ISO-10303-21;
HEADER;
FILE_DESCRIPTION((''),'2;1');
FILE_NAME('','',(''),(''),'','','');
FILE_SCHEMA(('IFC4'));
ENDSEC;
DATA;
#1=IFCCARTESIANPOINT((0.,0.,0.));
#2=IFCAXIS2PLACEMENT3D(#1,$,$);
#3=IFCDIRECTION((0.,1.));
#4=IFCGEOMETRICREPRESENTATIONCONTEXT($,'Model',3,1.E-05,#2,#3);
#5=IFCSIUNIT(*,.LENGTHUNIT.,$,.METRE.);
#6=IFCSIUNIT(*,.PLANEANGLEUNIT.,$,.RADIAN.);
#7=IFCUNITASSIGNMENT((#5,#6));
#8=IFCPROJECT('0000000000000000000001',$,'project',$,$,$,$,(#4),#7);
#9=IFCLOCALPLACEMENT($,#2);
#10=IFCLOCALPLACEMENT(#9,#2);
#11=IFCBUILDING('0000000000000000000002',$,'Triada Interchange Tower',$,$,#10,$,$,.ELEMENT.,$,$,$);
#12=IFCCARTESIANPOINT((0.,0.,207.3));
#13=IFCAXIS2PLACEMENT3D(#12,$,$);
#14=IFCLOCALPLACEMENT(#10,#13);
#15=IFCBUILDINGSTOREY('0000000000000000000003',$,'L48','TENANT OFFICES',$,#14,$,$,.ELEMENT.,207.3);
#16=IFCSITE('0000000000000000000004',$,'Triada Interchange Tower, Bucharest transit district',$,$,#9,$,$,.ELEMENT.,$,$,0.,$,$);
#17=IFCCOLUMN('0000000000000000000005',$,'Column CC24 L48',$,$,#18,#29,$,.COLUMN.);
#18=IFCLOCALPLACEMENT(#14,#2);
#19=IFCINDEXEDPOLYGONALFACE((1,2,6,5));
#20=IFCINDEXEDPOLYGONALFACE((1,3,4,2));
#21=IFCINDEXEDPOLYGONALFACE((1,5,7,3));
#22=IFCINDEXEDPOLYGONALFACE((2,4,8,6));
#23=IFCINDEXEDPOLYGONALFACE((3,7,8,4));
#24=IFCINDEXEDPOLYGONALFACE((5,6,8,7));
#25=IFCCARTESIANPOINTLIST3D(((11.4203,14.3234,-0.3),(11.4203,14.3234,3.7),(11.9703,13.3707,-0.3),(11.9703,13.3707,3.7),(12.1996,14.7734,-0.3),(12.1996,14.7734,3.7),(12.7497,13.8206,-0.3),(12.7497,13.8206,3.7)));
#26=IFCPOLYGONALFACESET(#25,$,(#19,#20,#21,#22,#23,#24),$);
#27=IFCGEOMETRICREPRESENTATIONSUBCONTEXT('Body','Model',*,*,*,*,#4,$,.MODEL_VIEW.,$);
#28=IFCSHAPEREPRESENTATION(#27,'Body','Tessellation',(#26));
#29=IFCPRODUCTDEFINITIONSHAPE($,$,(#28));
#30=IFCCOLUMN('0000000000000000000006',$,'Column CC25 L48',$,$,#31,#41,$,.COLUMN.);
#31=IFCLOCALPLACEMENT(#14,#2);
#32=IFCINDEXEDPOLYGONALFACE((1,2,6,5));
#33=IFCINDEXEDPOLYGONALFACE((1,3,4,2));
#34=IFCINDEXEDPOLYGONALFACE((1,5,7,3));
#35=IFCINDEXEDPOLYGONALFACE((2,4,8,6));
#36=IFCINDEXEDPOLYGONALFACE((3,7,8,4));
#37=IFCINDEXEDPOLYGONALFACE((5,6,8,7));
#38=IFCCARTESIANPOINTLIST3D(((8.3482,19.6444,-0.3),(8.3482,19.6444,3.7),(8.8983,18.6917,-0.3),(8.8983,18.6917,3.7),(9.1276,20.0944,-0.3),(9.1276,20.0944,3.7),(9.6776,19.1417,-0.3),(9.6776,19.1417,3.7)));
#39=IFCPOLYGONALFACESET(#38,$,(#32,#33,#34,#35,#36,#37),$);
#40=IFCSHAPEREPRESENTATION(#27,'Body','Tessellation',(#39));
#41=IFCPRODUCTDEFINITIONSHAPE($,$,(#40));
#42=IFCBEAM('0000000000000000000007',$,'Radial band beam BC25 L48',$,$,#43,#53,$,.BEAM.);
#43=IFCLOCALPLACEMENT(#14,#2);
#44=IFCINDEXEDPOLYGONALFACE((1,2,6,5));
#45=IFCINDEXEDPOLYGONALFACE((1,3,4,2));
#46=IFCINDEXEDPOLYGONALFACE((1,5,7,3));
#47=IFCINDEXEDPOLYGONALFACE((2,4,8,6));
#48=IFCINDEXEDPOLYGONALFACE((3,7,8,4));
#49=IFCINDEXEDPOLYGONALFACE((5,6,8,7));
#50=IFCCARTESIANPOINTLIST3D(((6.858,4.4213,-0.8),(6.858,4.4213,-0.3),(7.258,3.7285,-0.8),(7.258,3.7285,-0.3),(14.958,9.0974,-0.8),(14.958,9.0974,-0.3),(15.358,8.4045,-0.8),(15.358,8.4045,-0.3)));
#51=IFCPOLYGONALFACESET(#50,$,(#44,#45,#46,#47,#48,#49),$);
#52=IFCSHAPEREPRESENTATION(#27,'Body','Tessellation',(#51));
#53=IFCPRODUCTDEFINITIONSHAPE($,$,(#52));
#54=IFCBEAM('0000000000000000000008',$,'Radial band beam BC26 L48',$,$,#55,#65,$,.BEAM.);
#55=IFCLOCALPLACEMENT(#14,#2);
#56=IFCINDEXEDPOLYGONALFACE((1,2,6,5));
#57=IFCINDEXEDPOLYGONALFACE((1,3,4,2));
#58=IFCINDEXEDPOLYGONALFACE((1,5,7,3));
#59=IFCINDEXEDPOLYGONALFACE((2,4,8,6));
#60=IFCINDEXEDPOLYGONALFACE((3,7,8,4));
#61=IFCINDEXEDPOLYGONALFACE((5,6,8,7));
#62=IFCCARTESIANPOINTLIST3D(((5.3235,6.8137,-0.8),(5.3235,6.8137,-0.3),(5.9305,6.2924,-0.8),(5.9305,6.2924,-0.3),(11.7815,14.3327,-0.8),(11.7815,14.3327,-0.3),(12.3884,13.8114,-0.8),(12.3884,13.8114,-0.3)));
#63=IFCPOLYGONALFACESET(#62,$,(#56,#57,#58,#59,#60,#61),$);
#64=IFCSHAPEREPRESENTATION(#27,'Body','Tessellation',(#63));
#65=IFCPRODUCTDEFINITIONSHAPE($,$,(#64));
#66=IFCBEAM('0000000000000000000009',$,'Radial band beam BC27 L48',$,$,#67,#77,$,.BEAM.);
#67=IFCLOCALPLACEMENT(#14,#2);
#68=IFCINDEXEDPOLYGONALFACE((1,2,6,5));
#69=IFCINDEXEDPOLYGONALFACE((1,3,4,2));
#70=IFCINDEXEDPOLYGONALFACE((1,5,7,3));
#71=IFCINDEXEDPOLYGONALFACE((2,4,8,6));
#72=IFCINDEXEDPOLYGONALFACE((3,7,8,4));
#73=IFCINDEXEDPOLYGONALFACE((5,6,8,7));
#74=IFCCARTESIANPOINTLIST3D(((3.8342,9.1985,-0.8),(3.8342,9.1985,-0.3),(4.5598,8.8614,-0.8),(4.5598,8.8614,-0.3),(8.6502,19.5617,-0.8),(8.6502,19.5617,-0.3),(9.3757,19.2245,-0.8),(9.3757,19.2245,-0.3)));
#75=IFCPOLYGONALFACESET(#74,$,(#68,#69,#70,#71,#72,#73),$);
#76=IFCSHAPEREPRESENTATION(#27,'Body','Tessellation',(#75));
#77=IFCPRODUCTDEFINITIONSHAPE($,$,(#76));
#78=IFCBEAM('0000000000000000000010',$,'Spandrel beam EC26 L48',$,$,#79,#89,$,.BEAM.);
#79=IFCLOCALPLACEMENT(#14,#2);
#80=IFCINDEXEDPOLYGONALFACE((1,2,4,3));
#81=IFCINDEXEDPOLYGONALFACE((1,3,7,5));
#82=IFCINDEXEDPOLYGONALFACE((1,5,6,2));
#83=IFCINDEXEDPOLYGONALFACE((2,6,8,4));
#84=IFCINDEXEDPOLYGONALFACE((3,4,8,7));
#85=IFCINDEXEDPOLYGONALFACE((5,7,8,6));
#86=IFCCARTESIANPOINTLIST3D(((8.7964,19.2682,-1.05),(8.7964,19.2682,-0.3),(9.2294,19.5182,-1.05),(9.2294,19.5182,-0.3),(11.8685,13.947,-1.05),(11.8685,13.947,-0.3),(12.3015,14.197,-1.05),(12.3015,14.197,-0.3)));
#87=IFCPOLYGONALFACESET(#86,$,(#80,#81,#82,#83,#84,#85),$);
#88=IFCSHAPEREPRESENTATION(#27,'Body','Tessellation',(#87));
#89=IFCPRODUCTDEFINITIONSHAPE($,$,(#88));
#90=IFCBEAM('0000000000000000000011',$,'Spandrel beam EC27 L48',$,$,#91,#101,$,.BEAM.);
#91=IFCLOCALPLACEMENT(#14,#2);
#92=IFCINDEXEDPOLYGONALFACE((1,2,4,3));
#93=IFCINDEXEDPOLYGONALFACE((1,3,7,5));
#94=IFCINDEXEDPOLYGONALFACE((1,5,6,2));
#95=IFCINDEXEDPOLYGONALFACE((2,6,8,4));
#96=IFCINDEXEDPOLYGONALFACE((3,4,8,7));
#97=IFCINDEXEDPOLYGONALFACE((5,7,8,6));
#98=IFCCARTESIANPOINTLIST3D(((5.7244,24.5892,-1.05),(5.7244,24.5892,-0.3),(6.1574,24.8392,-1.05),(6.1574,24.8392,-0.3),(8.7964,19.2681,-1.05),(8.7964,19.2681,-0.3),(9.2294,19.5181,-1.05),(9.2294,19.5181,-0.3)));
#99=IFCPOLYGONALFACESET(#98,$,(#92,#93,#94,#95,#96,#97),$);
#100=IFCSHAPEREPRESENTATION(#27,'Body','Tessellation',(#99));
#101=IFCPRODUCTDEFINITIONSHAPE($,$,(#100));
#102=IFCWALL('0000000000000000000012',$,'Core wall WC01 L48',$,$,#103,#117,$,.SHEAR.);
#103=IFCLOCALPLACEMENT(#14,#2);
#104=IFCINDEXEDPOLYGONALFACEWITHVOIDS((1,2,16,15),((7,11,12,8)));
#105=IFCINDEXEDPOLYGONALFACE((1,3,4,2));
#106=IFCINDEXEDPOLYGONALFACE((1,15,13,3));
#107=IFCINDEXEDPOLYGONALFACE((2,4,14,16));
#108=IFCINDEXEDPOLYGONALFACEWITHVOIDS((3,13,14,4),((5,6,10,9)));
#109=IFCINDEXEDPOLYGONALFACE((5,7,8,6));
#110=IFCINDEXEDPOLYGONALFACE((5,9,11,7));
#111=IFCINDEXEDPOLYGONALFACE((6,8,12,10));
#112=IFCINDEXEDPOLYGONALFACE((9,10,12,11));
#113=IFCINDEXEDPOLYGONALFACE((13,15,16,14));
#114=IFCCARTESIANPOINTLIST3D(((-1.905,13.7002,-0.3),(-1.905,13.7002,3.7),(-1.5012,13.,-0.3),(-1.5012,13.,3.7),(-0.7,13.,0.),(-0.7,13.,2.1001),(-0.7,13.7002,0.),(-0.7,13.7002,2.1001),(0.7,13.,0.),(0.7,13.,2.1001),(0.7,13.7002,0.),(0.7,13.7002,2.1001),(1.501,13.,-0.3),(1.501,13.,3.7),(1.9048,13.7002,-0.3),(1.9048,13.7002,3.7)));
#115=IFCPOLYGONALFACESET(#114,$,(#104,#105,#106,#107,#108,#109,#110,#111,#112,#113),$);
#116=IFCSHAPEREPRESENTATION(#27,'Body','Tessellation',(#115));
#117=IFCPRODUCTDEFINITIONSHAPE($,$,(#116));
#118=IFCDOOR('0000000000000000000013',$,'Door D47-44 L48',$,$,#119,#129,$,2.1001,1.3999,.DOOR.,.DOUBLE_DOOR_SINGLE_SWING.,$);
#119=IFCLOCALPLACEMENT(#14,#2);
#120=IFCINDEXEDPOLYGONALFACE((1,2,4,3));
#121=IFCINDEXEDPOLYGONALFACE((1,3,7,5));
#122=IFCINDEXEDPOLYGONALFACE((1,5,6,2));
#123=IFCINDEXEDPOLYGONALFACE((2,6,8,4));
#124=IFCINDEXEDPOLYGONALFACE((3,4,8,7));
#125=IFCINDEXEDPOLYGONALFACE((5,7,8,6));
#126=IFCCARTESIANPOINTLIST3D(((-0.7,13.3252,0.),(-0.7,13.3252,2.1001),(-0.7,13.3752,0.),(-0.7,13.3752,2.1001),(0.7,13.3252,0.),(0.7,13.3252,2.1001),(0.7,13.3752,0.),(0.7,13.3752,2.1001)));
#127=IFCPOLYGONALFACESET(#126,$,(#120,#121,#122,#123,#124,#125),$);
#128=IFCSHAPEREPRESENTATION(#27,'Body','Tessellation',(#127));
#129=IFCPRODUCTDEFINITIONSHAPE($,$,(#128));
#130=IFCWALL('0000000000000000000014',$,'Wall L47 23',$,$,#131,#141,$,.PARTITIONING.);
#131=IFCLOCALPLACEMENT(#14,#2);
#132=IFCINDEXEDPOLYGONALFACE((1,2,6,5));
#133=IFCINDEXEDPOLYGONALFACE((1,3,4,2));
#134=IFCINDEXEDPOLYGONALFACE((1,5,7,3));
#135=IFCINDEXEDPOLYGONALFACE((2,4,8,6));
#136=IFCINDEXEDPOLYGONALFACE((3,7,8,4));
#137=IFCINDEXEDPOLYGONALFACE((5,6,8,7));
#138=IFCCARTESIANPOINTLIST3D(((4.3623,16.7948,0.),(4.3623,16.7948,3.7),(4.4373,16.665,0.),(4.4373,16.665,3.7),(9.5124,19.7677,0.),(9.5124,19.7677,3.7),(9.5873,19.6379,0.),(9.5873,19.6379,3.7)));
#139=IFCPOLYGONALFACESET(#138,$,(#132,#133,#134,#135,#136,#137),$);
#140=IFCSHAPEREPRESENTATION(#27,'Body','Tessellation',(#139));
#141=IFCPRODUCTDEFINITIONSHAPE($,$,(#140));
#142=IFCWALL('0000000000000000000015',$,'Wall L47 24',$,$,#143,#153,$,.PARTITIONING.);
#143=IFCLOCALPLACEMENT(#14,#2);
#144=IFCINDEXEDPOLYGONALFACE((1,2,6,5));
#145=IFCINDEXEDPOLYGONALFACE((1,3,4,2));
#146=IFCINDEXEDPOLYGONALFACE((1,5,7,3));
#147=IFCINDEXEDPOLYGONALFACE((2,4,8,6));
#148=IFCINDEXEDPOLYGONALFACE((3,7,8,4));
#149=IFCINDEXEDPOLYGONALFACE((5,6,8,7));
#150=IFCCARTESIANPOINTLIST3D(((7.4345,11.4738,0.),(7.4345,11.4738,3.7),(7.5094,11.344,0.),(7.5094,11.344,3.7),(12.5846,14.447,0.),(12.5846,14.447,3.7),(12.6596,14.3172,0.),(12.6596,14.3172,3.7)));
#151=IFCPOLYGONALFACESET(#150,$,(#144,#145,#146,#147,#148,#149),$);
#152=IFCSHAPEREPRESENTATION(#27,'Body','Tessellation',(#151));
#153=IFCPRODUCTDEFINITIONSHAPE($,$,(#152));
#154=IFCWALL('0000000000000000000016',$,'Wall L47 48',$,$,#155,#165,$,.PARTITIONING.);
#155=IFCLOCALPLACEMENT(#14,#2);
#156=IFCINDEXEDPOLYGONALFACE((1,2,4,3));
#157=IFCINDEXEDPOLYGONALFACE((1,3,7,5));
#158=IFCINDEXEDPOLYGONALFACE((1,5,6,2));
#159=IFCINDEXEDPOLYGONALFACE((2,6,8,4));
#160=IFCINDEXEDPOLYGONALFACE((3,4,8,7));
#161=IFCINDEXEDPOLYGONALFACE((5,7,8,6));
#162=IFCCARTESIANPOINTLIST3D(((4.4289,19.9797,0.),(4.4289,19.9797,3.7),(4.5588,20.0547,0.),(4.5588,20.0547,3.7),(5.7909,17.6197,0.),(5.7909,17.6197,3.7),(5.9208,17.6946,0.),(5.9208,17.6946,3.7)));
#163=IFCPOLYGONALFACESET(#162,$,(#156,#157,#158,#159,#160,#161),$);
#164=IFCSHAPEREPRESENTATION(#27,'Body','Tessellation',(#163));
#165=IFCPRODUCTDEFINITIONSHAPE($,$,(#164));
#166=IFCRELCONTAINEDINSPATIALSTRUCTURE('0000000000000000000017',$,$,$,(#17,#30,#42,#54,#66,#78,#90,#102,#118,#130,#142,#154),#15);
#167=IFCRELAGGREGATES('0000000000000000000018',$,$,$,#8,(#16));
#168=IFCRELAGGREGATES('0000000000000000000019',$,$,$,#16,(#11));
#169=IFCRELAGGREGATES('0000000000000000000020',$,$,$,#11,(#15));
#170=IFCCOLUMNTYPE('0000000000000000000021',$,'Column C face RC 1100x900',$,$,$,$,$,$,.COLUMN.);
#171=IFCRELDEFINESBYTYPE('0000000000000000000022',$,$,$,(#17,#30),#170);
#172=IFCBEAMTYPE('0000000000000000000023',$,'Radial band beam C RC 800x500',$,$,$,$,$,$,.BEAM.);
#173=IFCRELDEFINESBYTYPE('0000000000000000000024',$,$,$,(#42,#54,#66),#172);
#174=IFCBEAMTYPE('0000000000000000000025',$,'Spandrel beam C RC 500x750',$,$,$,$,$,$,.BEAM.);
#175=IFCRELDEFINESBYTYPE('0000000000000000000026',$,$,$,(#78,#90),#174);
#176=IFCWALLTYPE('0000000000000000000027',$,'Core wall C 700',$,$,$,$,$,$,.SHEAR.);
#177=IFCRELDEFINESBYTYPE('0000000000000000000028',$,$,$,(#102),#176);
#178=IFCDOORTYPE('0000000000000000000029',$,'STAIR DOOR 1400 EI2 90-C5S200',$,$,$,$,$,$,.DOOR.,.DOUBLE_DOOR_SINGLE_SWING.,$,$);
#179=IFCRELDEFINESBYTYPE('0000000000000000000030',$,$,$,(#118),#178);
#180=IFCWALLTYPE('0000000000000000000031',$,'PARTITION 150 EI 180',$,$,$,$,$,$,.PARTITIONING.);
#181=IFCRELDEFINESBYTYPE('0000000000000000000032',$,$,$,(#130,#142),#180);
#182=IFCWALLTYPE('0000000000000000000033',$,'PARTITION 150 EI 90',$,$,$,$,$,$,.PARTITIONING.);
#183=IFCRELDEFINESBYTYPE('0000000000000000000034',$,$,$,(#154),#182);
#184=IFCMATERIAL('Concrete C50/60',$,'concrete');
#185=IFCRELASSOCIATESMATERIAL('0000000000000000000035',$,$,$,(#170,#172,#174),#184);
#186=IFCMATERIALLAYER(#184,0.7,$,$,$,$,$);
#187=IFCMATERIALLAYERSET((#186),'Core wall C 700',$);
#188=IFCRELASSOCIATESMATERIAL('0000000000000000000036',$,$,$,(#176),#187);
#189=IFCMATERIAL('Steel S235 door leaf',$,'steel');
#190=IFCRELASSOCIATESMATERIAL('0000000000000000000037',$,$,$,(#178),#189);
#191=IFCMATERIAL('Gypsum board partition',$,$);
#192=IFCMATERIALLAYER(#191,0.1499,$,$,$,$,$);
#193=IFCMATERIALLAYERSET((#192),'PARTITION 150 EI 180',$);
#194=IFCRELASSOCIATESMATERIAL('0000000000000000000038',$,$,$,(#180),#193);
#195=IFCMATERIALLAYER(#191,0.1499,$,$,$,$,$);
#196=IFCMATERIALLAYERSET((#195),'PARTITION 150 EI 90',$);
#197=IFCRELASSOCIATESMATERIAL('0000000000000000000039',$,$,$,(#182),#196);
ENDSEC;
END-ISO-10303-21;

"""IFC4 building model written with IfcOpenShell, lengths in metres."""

from ifc_helpers import new_model, si_unit, direction, frame, frame_2d, origin, origin_2d, place, context, subcontext, project, spatial, polyline, rectangle, outline, extrude, material, layer, layer_set, material_profile, profile_set, type_object, element, fill, save


model = new_model("IFC4")

# Units and contexts
model_context = context("Model", 3, precision=1e-05, world=origin(), true_north=direction((0.0, 1.0)))
body_context = subcontext(model_context, "Body", "Model", "MODEL_VIEW")
ifc_project = project(units=[si_unit("LENGTHUNIT", "METRE"), si_unit("PLANEANGLEUNIT", "RADIAN")], contexts=[model_context])

# Site, building, storey
site_placement = place(None, origin())
site = spatial("IfcSite", under=ifc_project, at=site_placement, Name="Triada Interchange Tower, Bucharest transit district", CompositionType="ELEMENT", RefElevation=0.0)
building_placement = place(site_placement, origin())
building = spatial("IfcBuilding", under=site, at=building_placement, Name="Triada Interchange Tower", CompositionType="ELEMENT")
storey_placement = place(building_placement, frame((0.0, 0.0, 207.3)))
storey = spatial("IfcBuildingStorey", under=building, at=storey_placement, Name="L48", Description="TENANT OFFICES", CompositionType="ELEMENT", Elevation=207.3)

# Columns
ifc_material_1 = material(Name="Concrete C50/60", Category="concrete")
ifc_material_profile_1 = material_profile(ifc_material_1, rectangle(XDim=1.1001, YDim=0.8999, at=origin_2d()), Name="RC 1100x900")
ifc_profile_set_1 = profile_set([ifc_material_profile_1], Name="Concrete C50/60")
column_type = type_object("IfcColumnType", Name="Column C face RC 1100x900", PredefinedType="COLUMN", material=ifc_profile_set_1)
for number, where, z_axis, x_axis, name in (
    (1, (12.085, 14.072, -0.3), (0.0, 0.0, 1.0), (-0.5, 0.866025, 0.0), "Column CC24 L48"),
    (2, (9.0129, 19.3931, -0.3), (0.0, 0.0, 1.0), (-0.5, 0.866025, 0.0), "Column CC25 L48"),
):
    element("IfcColumn", number, at=place(storey_placement, frame(where, z_axis=z_axis, x_axis=x_axis)), inside=storey, type_object=column_type, Name=name, PredefinedType="COLUMN", context=body_context, shape_type="SweptSolid", body=[
        extrude(rectangle(XDim=1.1001, YDim=0.8999, at=origin_2d()), origin(), (0.0, 0.0, 1.0), 4.0),
    ])

# Beams
ifc_material_profile_2 = material_profile(ifc_material_1, rectangle(XDim=0.8, YDim=0.5, at=origin_2d()), Name="RC 800x500")
ifc_profile_set_2 = profile_set([ifc_material_profile_2], Name="Concrete C50/60")
beam_type_1 = type_object("IfcBeamType", Name="Radial band beam C RC 800x500", PredefinedType="BEAM", material=ifc_profile_set_2)
beam_1_placement = place(storey_placement, frame((15.158, 8.751, -0.55), z_axis=(-0.866045, -0.499966, 0.0), x_axis=(0.499966, -0.866045, 0.0)))
element("IfcBeam", 3, at=beam_1_placement, inside=storey, type_object=beam_type_1, Name="Radial band beam BC25 L48", PredefinedType="BEAM", context=body_context, shape_type="SweptSolid", body=[
    extrude(rectangle(XDim=0.8, YDim=0.5, at=origin_2d()), origin(), (0.0, 0.0, 1.0), 9.3528),
])
beam_2_placement = place(storey_placement, frame((12.085, 14.072, -0.55), z_axis=(-0.651554, -0.758602, 0.0), x_axis=(0.758602, -0.651554, 0.0)))
element("IfcBeam", 4, at=beam_2_placement, inside=storey, type_object=beam_type_1, Name="Radial band beam BC26 L48", PredefinedType="BEAM", context=body_context, shape_type="SweptSolid", body=[
    extrude(rectangle(XDim=0.8, YDim=0.5, at=origin_2d()), origin(), (0.0, 0.0, 1.0), 9.9116),
])
beam_3_placement = place(storey_placement, frame((9.0129, 19.3931, -0.55), z_axis=(-0.421436, -0.906858, 0.0), x_axis=(0.906858, -0.421436, 0.0)))
element("IfcBeam", 5, at=beam_3_placement, inside=storey, type_object=beam_type_1, Name="Radial band beam BC27 L48", PredefinedType="BEAM", context=body_context, shape_type="SweptSolid", body=[
    extrude(rectangle(XDim=0.8, YDim=0.5, at=origin_2d()), origin(), (0.0, 0.0, 1.0), 11.4275),
])
ifc_material_profile_3 = material_profile(ifc_material_1, rectangle(XDim=0.5, YDim=0.75, at=origin_2d()), Name="RC 500x750")
ifc_profile_set_3 = profile_set([ifc_material_profile_3], Name="Concrete C50/60")
beam_type_2 = type_object("IfcBeamType", Name="Spandrel beam C RC 500x750", PredefinedType="BEAM", material=ifc_profile_set_3)
for number, where, z_axis, x_axis, name in (
    (6, (12.085, 14.072, -0.675), (-0.49999, 0.866031, 0.0), (-0.866031, -0.49999, 0.0), "Spandrel beam EC26 L48"),
    (7, (9.0129, 19.3931, -0.675), (-0.49999, 0.866031, 0.0), (-0.866031, -0.49999, 0.0), "Spandrel beam EC27 L48"),
):
    element("IfcBeam", number, at=place(storey_placement, frame(where, z_axis=z_axis, x_axis=x_axis)), inside=storey, type_object=beam_type_2, Name=name, PredefinedType="BEAM", context=body_context, shape_type="SweptSolid", body=[
        extrude(rectangle(XDim=0.5, YDim=0.75, at=origin_2d()), origin(), (0.0, 0.0, 1.0), 6.1443),
    ])

# Wall, opening, door
ifc_layer_1 = layer(ifc_material_1, 0.7)
ifc_layer_set_1 = layer_set([ifc_layer_1], Name="Core wall C 700")
wall_type_1 = type_object("IfcWallType", Name="Core wall C 700", PredefinedType="SHEAR", material=ifc_layer_set_1)
wall_1_placement = place(storey_placement, frame((1.7029, 13.3501, -0.3), z_axis=(0.0, 0.0, 1.0), x_axis=(-1.0, 0.0, 0.0)))
wall_1 = element("IfcWall", 8, at=wall_1_placement, inside=storey, type_object=wall_type_1, Name="Core wall WC01 L48", PredefinedType="SHEAR", context=body_context, shape_type="SweptSolid", body=[
    extrude(outline(polyline([(-0.2019, -0.3501), (1.7031, -0.3501), (3.6079, -0.3501), (3.2041, 0.3501), (1.7031, 0.3501), (0.2019, 0.3501), (-0.2019, -0.3501)])), origin(), (0.0, 0.0, 1.0), 4.0),
])
opening_placement = place(wall_1_placement, frame((1.0029, 0.0, 0.3)))
opening = element("IfcOpeningElement", 9, at=opening_placement, cuts=wall_1, PredefinedType="OPENING", context=body_context, shape_type="SweptSolid", body=[
    extrude(rectangle(XDim=1.3999, YDim=2.1001, at=frame_2d((0.7, 1.05))), frame((0.0, 0.3601, 0.0), z_axis=(0.0, -1.0, 0.0), x_axis=(1.0, 0.0, 0.0)), (0.0, 0.0, 1.0), 0.7202),
])
ifc_material_2 = material(Name="Steel S235 door leaf", Category="steel")
door_type = type_object("IfcDoorType", Name="STAIR DOOR 1400 EI2 90-C5S200", OperationType="DOUBLE_DOOR_SINGLE_SWING", PredefinedType="DOOR", material=ifc_material_2)
door_placement = place(opening_placement, origin())
door = element("IfcDoor", 10, at=door_placement, inside=storey, type_object=door_type, Name="Door D47-44 L48", OperationType="DOUBLE_DOOR_SINGLE_SWING", OverallHeight=2.1001, OverallWidth=1.3999, PredefinedType="DOOR", context=body_context, shape_type="SweptSolid", body=[
    extrude(rectangle(XDim=1.3999, YDim=2.1001, at=frame_2d((0.7, 1.05))), frame((0.0, 0.0249, 0.0), z_axis=(0.0, -1.0, 0.0), x_axis=(1.0, 0.0, 0.0)), (0.0, 0.0, 1.0), 0.05),
])
fill(opening, door)

# Walls
ifc_material_3 = material(Name="Gypsum board partition")
ifc_layer_2 = layer(ifc_material_3, 0.1499)
ifc_layer_set_2 = layer_set([ifc_layer_2], Name="PARTITION 150 EI 180")
wall_type_2 = type_object("IfcWallType", Name="PARTITION 150 EI 180", PredefinedType="PARTITIONING", material=ifc_layer_set_2)
wall_2_placement = place(storey_placement, frame((4.3999, 16.73, 0.0), z_axis=(0.0, 0.0, 1.0), x_axis=(0.866065, 0.499932, 0.0)))
element("IfcWall", 11, at=wall_2_placement, inside=storey, type_object=wall_type_2, Name="Wall L47 23", PredefinedType="PARTITIONING", context=body_context, shape_type="SweptSolid", body=[
    extrude(rectangle(XDim=5.9465, YDim=0.1499, at=frame_2d((2.9731, 0.0))), origin(), (0.0, 0.0, 1.0), 3.7),
])
wall_3_placement = place(storey_placement, frame((7.4719, 11.4089, 0.0), z_axis=(0.0, 0.0, 1.0), x_axis=(0.866047, 0.499963, 0.0)))
element("IfcWall", 12, at=wall_3_placement, inside=storey, type_object=wall_type_2, Name="Wall L47 24", PredefinedType="PARTITIONING", context=body_context, shape_type="SweptSolid", body=[
    extrude(rectangle(XDim=5.9468, YDim=0.1499, at=frame_2d((2.9734, 0.0))), origin(), (0.0, 0.0, 1.0), 3.7),
])
ifc_layer_3 = layer(ifc_material_3, 0.1499)
ifc_layer_set_3 = layer_set([ifc_layer_3], Name="PARTITION 150 EI 90")
wall_type_3 = type_object("IfcWallType", Name="PARTITION 150 EI 90", PredefinedType="PARTITIONING", material=ifc_layer_set_3)
wall_4_placement = place(storey_placement, frame((4.4939, 20.0171, 0.0), z_axis=(0.0, 0.0, 1.0), x_axis=(0.499849, -0.866112, 0.0)))
element("IfcWall", 13, at=wall_4_placement, inside=storey, type_object=wall_type_3, Name="Wall L47 48", PredefinedType="PARTITIONING", context=body_context, shape_type="SweptSolid", body=[
    extrude(rectangle(XDim=2.7249, YDim=0.1499, at=frame_2d((1.3623, 0.0))), origin(), (0.0, 0.0, 1.0), 3.7),
])

save(model, "model.ifc")
